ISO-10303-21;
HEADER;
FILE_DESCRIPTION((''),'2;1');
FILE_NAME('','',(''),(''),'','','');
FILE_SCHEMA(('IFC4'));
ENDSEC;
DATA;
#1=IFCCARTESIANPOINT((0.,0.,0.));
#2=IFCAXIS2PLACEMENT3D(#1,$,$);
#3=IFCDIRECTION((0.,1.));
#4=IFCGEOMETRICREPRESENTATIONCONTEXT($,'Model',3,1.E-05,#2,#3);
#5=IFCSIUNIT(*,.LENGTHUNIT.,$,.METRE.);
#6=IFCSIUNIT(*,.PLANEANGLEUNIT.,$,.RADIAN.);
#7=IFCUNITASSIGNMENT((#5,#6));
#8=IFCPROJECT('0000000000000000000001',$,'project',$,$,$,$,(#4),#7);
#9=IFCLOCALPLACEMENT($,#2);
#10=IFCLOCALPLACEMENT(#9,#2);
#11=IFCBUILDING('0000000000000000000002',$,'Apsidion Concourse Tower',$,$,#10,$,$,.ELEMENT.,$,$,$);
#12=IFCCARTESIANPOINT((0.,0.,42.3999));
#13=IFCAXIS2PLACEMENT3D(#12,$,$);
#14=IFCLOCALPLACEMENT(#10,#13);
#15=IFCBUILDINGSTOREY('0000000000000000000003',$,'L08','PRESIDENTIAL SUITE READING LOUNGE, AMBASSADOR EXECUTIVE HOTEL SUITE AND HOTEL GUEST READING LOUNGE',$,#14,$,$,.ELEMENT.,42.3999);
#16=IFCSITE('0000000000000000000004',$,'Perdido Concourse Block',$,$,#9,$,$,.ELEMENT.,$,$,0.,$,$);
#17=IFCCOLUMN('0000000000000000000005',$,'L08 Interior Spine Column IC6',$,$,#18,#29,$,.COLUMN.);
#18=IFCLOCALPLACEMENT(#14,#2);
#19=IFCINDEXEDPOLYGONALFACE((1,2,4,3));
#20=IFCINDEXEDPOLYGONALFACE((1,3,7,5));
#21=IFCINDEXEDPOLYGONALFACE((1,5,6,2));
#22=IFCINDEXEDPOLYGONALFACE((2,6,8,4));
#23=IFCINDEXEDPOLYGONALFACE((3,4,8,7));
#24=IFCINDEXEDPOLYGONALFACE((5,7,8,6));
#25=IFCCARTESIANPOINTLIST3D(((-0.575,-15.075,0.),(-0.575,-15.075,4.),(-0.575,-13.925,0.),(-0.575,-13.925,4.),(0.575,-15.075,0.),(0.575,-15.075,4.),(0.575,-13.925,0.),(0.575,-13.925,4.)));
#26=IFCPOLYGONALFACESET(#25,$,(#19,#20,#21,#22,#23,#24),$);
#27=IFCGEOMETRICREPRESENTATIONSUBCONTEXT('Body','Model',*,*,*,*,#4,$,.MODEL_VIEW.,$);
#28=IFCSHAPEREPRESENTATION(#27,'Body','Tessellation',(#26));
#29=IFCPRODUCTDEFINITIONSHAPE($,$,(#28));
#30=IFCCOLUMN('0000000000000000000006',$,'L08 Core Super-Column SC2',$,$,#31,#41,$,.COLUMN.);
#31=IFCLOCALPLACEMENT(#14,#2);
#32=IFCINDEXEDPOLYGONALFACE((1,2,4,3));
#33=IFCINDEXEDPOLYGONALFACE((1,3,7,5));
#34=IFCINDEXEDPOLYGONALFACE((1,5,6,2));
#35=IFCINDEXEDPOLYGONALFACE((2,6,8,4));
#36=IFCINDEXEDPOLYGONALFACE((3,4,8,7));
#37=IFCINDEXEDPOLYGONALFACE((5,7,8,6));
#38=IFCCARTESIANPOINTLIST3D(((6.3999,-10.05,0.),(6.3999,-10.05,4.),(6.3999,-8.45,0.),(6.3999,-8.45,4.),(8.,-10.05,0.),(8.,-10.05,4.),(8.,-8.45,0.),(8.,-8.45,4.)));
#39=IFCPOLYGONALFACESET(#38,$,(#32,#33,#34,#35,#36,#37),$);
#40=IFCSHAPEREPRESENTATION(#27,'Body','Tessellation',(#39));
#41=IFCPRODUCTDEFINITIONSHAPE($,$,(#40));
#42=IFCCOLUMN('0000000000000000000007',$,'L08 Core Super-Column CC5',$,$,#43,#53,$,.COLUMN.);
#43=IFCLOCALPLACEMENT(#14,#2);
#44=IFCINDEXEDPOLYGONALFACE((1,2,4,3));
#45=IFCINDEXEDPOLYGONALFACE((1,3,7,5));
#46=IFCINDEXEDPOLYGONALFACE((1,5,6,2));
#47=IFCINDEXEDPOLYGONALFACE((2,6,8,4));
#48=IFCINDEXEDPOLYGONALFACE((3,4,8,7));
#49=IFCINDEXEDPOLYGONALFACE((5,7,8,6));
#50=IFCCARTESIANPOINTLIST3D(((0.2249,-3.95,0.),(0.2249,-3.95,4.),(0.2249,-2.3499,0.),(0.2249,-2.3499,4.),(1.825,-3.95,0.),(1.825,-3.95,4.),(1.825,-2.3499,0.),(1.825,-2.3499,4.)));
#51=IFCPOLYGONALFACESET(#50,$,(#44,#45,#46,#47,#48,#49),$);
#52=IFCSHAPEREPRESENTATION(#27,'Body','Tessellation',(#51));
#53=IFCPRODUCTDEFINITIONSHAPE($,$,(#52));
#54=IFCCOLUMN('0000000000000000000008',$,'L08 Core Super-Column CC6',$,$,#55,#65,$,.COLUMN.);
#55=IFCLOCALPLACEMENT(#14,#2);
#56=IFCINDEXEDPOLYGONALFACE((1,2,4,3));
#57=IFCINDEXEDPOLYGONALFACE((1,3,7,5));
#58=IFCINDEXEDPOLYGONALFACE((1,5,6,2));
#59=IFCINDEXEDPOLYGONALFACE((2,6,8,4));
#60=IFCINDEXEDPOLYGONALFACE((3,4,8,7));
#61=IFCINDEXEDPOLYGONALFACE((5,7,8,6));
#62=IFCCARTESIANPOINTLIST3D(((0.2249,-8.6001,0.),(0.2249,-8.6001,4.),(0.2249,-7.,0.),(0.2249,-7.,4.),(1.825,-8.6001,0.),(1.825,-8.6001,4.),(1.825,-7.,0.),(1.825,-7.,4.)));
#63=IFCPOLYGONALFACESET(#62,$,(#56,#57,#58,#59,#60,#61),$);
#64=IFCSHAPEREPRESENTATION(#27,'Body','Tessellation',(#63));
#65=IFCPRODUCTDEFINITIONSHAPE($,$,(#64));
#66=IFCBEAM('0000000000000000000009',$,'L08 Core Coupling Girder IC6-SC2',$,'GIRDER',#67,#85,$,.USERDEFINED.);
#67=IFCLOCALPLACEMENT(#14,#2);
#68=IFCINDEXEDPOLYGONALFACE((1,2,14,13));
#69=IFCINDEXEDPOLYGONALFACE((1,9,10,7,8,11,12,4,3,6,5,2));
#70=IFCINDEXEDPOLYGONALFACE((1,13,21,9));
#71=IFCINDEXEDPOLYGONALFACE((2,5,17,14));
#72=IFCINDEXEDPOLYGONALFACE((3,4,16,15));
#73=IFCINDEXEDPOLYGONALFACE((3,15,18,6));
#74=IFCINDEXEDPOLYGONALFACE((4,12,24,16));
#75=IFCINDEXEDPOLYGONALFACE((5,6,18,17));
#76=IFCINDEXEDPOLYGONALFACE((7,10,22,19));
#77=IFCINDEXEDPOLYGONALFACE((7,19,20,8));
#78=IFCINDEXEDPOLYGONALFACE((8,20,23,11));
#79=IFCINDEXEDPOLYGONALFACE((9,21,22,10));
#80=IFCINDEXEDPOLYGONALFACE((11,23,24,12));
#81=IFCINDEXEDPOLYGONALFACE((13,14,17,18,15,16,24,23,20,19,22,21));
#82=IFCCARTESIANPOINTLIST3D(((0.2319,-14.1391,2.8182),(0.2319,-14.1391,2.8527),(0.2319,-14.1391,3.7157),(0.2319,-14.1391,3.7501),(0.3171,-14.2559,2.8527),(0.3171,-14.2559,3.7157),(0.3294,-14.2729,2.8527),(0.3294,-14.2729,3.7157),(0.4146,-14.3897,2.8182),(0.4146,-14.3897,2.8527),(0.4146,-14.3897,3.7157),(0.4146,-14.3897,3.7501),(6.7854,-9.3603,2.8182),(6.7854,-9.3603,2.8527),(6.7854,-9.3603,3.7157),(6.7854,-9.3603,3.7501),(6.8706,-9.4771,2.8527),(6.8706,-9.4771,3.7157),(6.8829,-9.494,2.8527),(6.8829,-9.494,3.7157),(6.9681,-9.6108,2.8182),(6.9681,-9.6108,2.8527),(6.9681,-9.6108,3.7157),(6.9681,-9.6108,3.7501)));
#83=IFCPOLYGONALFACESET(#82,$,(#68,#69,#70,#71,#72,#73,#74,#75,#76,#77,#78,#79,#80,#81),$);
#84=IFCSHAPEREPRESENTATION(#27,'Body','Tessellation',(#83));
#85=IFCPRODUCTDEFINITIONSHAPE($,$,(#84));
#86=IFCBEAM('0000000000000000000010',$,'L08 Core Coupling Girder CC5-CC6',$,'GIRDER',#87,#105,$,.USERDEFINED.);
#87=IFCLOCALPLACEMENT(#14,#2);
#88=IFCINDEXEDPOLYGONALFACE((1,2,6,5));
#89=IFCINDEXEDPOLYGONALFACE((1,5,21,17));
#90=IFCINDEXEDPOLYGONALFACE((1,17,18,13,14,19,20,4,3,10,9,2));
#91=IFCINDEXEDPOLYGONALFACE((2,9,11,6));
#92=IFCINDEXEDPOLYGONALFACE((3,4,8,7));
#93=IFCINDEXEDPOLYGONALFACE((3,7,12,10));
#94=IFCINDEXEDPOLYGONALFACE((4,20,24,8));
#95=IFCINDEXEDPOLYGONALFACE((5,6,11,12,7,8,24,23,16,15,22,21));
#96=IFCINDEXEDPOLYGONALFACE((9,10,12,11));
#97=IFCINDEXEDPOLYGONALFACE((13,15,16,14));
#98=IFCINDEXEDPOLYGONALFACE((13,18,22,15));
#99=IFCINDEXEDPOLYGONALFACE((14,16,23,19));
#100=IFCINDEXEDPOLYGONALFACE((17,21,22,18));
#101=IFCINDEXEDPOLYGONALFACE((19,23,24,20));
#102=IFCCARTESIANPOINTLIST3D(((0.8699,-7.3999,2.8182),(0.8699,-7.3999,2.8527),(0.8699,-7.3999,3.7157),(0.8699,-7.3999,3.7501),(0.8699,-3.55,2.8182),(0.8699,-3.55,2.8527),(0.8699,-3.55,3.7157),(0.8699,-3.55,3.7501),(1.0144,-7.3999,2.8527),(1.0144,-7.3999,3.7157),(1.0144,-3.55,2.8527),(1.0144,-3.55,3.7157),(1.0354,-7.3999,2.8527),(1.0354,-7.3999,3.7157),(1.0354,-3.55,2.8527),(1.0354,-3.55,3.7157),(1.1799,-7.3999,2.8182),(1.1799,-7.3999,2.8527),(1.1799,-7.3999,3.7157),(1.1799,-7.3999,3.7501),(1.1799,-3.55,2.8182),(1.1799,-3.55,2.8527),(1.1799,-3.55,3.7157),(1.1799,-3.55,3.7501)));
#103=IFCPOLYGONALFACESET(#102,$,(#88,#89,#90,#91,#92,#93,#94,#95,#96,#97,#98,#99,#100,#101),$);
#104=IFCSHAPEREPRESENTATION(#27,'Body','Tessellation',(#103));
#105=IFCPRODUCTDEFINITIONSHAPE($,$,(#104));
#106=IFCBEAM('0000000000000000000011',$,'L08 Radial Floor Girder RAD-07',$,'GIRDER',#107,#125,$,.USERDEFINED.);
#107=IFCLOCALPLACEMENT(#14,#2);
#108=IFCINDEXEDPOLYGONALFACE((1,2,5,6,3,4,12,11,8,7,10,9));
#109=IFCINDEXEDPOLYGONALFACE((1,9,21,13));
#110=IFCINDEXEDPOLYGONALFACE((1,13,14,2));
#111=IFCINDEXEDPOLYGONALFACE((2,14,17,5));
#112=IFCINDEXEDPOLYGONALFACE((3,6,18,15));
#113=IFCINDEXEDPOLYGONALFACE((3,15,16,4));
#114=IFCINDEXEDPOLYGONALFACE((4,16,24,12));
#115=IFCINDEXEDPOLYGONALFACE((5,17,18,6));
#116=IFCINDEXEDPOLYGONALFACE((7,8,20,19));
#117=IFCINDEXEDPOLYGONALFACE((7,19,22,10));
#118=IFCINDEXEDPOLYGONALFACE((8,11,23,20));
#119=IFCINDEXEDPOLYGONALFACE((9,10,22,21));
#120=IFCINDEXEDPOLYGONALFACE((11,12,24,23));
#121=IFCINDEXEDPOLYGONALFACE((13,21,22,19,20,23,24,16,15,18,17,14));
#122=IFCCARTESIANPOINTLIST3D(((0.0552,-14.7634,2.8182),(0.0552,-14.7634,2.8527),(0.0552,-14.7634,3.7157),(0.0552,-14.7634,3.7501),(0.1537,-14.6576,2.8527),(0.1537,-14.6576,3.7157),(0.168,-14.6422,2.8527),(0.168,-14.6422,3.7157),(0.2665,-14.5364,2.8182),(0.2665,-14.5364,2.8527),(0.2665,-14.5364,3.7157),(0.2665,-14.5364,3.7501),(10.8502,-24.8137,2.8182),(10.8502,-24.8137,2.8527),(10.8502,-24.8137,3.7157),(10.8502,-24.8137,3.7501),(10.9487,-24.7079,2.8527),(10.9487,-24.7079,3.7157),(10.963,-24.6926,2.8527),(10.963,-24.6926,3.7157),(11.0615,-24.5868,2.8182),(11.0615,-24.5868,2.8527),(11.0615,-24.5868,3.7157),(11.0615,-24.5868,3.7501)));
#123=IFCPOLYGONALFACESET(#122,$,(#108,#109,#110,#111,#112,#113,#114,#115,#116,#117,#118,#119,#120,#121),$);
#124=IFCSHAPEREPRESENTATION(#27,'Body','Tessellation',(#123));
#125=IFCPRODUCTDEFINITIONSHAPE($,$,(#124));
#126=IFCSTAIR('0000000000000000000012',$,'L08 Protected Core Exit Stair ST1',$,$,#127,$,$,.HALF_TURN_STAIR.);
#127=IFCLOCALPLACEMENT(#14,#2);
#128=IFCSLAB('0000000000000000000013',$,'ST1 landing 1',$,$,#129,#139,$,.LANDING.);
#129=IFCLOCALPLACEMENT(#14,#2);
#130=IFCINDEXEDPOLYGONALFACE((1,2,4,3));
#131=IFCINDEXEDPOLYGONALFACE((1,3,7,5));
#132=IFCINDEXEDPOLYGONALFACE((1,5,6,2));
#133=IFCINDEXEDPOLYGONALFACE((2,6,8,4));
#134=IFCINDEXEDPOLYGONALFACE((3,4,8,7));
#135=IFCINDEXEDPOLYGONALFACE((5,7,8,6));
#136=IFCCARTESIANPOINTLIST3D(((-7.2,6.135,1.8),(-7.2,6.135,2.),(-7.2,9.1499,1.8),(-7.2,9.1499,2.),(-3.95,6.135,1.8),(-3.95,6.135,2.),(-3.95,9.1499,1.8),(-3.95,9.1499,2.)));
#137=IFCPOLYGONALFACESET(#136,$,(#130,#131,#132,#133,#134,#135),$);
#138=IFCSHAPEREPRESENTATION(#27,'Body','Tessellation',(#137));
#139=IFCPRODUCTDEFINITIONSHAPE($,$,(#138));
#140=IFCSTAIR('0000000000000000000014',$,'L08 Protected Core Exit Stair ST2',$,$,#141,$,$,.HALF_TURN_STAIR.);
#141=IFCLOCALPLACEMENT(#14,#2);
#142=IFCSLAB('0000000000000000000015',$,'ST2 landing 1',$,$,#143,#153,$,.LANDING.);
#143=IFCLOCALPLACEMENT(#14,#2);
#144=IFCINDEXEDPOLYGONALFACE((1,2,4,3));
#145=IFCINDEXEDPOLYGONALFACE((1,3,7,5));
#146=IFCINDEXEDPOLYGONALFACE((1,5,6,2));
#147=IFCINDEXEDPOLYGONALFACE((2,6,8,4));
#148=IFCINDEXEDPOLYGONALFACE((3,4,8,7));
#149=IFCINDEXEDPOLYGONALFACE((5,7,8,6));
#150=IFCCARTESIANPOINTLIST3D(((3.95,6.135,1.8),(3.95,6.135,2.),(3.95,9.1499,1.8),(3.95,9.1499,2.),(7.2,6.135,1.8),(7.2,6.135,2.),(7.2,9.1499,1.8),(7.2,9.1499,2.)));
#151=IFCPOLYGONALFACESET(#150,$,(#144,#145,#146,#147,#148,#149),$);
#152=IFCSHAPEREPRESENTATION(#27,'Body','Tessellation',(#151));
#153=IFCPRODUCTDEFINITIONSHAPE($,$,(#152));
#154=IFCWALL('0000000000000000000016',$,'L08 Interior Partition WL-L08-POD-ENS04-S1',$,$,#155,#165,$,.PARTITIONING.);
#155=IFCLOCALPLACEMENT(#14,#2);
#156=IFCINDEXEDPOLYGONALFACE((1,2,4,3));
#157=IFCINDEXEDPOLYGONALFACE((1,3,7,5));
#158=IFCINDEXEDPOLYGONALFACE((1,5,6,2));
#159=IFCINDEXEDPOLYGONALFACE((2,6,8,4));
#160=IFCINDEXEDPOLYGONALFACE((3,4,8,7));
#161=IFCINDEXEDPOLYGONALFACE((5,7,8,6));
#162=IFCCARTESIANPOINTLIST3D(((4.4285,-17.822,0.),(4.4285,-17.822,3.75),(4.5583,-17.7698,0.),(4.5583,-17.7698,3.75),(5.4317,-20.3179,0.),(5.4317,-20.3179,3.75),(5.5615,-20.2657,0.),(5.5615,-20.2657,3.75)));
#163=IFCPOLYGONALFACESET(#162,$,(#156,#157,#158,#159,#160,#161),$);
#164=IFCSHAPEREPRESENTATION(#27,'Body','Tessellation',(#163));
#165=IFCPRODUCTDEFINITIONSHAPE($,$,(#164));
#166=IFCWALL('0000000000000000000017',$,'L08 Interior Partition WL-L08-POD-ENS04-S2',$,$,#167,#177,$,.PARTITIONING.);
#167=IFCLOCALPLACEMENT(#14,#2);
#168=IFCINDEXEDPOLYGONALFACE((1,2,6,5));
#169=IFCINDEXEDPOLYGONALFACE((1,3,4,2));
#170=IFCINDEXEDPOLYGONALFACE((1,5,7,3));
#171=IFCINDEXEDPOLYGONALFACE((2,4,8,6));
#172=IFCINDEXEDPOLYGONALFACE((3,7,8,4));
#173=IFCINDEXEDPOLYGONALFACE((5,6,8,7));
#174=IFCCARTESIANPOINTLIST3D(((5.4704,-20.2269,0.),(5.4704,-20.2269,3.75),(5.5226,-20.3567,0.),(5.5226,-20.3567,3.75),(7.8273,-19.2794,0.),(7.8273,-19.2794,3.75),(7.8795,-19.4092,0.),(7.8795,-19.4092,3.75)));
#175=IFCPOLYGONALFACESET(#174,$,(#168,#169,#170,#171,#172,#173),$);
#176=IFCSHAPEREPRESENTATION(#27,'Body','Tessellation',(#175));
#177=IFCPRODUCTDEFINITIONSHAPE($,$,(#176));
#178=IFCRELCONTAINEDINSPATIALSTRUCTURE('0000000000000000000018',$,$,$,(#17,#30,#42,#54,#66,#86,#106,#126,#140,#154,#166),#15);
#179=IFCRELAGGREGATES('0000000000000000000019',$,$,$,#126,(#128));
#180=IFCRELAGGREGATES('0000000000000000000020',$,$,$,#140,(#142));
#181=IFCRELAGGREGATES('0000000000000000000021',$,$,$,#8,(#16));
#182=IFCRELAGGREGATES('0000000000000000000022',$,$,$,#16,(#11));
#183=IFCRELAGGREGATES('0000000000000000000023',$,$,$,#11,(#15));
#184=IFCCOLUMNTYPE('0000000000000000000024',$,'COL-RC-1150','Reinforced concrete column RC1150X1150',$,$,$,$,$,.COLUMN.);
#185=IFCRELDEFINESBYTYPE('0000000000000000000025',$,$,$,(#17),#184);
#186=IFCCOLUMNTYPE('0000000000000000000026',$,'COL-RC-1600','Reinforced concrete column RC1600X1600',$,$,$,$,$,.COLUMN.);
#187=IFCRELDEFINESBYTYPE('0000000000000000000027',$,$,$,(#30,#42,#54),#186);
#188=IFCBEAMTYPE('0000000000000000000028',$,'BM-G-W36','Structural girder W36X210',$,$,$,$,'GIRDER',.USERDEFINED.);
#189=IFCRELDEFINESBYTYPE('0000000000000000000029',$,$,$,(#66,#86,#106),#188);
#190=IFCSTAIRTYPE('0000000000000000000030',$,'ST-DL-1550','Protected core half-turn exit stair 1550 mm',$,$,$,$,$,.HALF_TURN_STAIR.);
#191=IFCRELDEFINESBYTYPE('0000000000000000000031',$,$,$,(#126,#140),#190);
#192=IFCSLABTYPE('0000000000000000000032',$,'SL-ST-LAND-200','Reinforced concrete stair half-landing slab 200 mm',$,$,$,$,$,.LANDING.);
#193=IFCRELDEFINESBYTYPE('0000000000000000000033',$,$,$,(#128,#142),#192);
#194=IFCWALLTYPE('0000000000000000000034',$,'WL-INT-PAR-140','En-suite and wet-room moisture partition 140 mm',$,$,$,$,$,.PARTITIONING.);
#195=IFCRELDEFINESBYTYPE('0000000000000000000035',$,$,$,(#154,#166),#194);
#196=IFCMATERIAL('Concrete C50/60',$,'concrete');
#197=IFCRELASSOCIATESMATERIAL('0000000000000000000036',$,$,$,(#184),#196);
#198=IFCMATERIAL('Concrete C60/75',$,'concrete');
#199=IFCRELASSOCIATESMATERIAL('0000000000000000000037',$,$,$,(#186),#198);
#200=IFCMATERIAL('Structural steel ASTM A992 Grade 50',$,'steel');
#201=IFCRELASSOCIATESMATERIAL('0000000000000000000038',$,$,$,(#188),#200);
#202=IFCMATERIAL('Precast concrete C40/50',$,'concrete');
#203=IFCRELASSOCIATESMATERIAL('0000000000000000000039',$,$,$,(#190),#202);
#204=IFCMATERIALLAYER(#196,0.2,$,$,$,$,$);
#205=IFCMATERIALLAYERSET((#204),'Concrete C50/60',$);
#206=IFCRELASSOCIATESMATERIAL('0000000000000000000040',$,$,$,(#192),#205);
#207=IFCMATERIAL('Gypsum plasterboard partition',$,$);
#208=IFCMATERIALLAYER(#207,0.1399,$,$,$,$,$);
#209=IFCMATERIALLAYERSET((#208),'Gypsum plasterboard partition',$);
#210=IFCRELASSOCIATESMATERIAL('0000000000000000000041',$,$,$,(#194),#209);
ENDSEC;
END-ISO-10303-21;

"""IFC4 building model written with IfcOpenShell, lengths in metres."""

from ifc_helpers import new_model, si_unit, direction, frame, frame_2d, origin, origin_2d, place, context, subcontext, project, spatial, polyline, rectangle, i_section, outline, extrude, material, layer, layer_set, material_profile, profile_set, type_object, element, aggregate, save


model = new_model("IFC4")

# Units and contexts
model_context = context("Model", 3, precision=1e-05, world=origin(), true_north=direction((0.0, 1.0)))
body_context = subcontext(model_context, "Body", "Model", "MODEL_VIEW")
ifc_project = project(units=[si_unit("LENGTHUNIT", "METRE"), si_unit("PLANEANGLEUNIT", "RADIAN")], contexts=[model_context])

# Site, building, storey
site_placement = place(None, origin())
site = spatial("IfcSite", under=ifc_project, at=site_placement, Name="Perdido Concourse Block", CompositionType="ELEMENT", RefElevation=0.0)
building_placement = place(site_placement, origin())
building = spatial("IfcBuilding", under=site, at=building_placement, Name="Apsidion Concourse Tower", CompositionType="ELEMENT")
storey_placement = place(building_placement, frame((0.0, 0.0, 42.3999)))
storey = spatial("IfcBuildingStorey", under=building, at=storey_placement, Name="L08", Description="PRESIDENTIAL SUITE READING LOUNGE, AMBASSADOR EXECUTIVE HOTEL SUITE AND HOTEL GUEST READING LOUNGE", CompositionType="ELEMENT", Elevation=42.3999)

# Columns
ifc_material_1 = material(Name="Concrete C50/60", Category="concrete")
ifc_material_profile_1 = material_profile(ifc_material_1, rectangle(XDim=1.1499, YDim=1.1499, at=origin_2d()), Name="RC 1150x1150")
ifc_profile_set_1 = profile_set([ifc_material_profile_1], Name="Concrete C50/60")
column_type_1 = type_object("IfcColumnType", Name="COL-RC-1150", Description="Reinforced concrete column RC1150X1150", PredefinedType="COLUMN", material=ifc_profile_set_1)
column_placement = place(storey_placement, frame((0.0, -14.5, 0.0), z_axis=(0.0, 0.0, 1.0), x_axis=(1.0, 0.0, 0.0)))
element("IfcColumn", 1, at=column_placement, inside=storey, type_object=column_type_1, Name="L08 Interior Spine Column IC6", PredefinedType="COLUMN", context=body_context, shape_type="SweptSolid", body=[
    extrude(rectangle(XDim=1.1499, YDim=1.1499, at=origin_2d()), origin(), (0.0, 0.0, 1.0), 4.0),
])
ifc_material_2 = material(Name="Concrete C60/75", Category="concrete")
ifc_material_profile_2 = material_profile(ifc_material_2, rectangle(XDim=1.6001, YDim=1.6001, at=origin_2d()), Name="RC 1600x1600")
ifc_profile_set_2 = profile_set([ifc_material_profile_2], Name="Concrete C60/75")
column_type_2 = type_object("IfcColumnType", Name="COL-RC-1600", Description="Reinforced concrete column RC1600X1600", PredefinedType="COLUMN", material=ifc_profile_set_2)
for number, where, z_axis, x_axis, name in (
    (2, (7.2, -9.25, 0.0), (0.0, 0.0, 1.0), (1.0, 0.0, 0.0), "L08 Core Super-Column SC2"),
    (3, (1.0249, -3.1499, 0.0), (0.0, 0.0, 1.0), (1.0, 0.0, 0.0), "L08 Core Super-Column CC5"),
    (4, (1.0249, -7.8, 0.0), (0.0, 0.0, 1.0), (1.0, 0.0, 0.0), "L08 Core Super-Column CC6"),
):
    element("IfcColumn", number, at=place(storey_placement, frame(where, z_axis=z_axis, x_axis=x_axis)), inside=storey, type_object=column_type_2, Name=name, PredefinedType="COLUMN", context=body_context, shape_type="SweptSolid", body=[
        extrude(rectangle(XDim=1.6001, YDim=1.6001, at=origin_2d()), origin(), (0.0, 0.0, 1.0), 4.0),
    ])

# Beams
ifc_material_3 = material(Name="Structural steel ASTM A992 Grade 50", Category="steel")
ifc_material_profile_3 = material_profile(ifc_material_3, i_section(OverallWidth=0.3101, OverallDepth=0.9319, WebThickness=0.021, FlangeThickness=0.0344, at=origin_2d()), Name="W36X210")
ifc_profile_set_3 = profile_set([ifc_material_profile_3], Name="Structural steel ASTM A992 Grade 50")
beam_type = type_object("IfcBeamType", Name="BM-G-W36", Description="Structural girder W36X210", ElementType="GIRDER", PredefinedType="USERDEFINED", material=ifc_profile_set_3)
beam_1_placement = place(storey_placement, frame((0.3232, -14.2644, 3.2842), z_axis=(0.807993, 0.589191, 0.0), x_axis=(-0.589191, 0.807993, 0.0)))
element("IfcBeam", 5, at=beam_1_placement, inside=storey, type_object=beam_type, Name="L08 Core Coupling Girder IC6-SC2", ObjectType="GIRDER", PredefinedType="USERDEFINED", context=body_context, shape_type="SweptSolid", body=[
    extrude(i_section(OverallWidth=0.3101, OverallDepth=0.9319, WebThickness=0.021, FlangeThickness=0.0344, at=origin_2d()), origin(), (0.0, 0.0, 1.0), 8.1108),
])
beam_2_placement = place(storey_placement, frame((1.0249, -3.55, 3.2842), z_axis=(0.0, -1.0, 0.0), x_axis=(1.0, 0.0, 0.0)))
element("IfcBeam", 6, at=beam_2_placement, inside=storey, type_object=beam_type, Name="L08 Core Coupling Girder CC5-CC6", ObjectType="GIRDER", PredefinedType="USERDEFINED", context=body_context, shape_type="SweptSolid", body=[
    extrude(i_section(OverallWidth=0.3101, OverallDepth=0.9319, WebThickness=0.021, FlangeThickness=0.0344, at=origin_2d()), origin(), (0.0, 0.0, 1.0), 3.8499),
])
beam_3_placement = place(storey_placement, frame((0.1609, -14.6499, 3.2842), z_axis=(0.731899, -0.681413, 0.0), x_axis=(0.681413, 0.731899, 0.0)))
element("IfcBeam", 7, at=beam_3_placement, inside=storey, type_object=beam_type, Name="L08 Radial Floor Girder RAD-07", ObjectType="GIRDER", PredefinedType="USERDEFINED", context=body_context, shape_type="SweptSolid", body=[
    extrude(i_section(OverallWidth=0.3101, OverallDepth=0.9319, WebThickness=0.021, FlangeThickness=0.0344, at=origin_2d()), origin(), (0.0, 0.0, 1.0), 14.7493),
])

# Stairs, slabs
ifc_material_4 = material(Name="Precast concrete C40/50", Category="concrete")
stair_type = type_object("IfcStairType", Name="ST-DL-1550", Description="Protected core half-turn exit stair 1550 mm", PredefinedType="HALF_TURN_STAIR", material=ifc_material_4)
stair_1_placement = place(storey_placement, origin())
stair_1 = element("IfcStair", 8, at=stair_1_placement, inside=storey, type_object=stair_type, Name="L08 Protected Core Exit Stair ST1", PredefinedType="HALF_TURN_STAIR")
ifc_layer_1 = layer(ifc_material_1, 0.2)
ifc_layer_set_1 = layer_set([ifc_layer_1], Name="Concrete C50/60")
slab_type = type_object("IfcSlabType", Name="SL-ST-LAND-200", Description="Reinforced concrete stair half-landing slab 200 mm", PredefinedType="LANDING", material=ifc_layer_set_1)
slab_1_placement = place(storey_placement, frame((0.0, 0.0, 1.8)))
slab_1 = element("IfcSlab", 9, at=slab_1_placement, type_object=slab_type, Name="ST1 landing 1", PredefinedType="LANDING", context=body_context, shape_type="SweptSolid", body=[
    extrude(outline(polyline([(-3.95, 6.135), (-3.95, 9.1499), (-7.2, 9.1499), (-7.2, 6.135), (-3.95, 6.135)])), origin(), (0.0, 0.0, 1.0), 0.2),
])
aggregate(stair_1, [slab_1])
stair_2_placement = place(storey_placement, origin())
stair_2 = element("IfcStair", 10, at=stair_2_placement, inside=storey, type_object=stair_type, Name="L08 Protected Core Exit Stair ST2", PredefinedType="HALF_TURN_STAIR")
slab_2_placement = place(storey_placement, frame((0.0, 0.0, 1.8)))
slab_2 = element("IfcSlab", 11, at=slab_2_placement, type_object=slab_type, Name="ST2 landing 1", PredefinedType="LANDING", context=body_context, shape_type="SweptSolid", body=[
    extrude(outline(polyline([(7.2, 6.135), (7.2, 9.1499), (3.95, 9.1499), (3.95, 6.135), (7.2, 6.135)])), origin(), (0.0, 0.0, 1.0), 0.2),
])
aggregate(stair_2, [slab_2])

# Walls
ifc_material_5 = material(Name="Gypsum plasterboard partition")
ifc_layer_2 = layer(ifc_material_5, 0.1399)
ifc_layer_set_2 = layer_set([ifc_layer_2], Name="Gypsum plasterboard partition")
wall_type_1 = type_object("IfcWallType", Name="WL-INT-PAR-140", Description="En-suite and wet-room moisture partition 140 mm", PredefinedType="PARTITIONING", material=ifc_layer_set_2)
wall_1_placement = place(storey_placement, frame((4.4934, -17.7959, 0.0), z_axis=(0.0, 0.0, 1.0), x_axis=(0.372939, -0.927856, 0.0)))
element("IfcWall", 12, at=wall_1_placement, inside=storey, type_object=wall_type_1, Name="L08 Interior Partition WL-L08-POD-ENS04-S1", PredefinedType="PARTITIONING", context=body_context, shape_type="SweptSolid", body=[
    extrude(rectangle(XDim=2.6899, YDim=0.1399, at=frame_2d((1.345, 0.0))), origin(), (0.0, 0.0, 1.0), 3.75),
])
wall_2_placement = place(storey_placement, frame((5.4966, -20.2917, 0.0), z_axis=(0.0, 0.0, 1.0), x_axis=(0.927832, 0.372997, 0.0)))
element("IfcWall", 13, at=wall_2_placement, inside=storey, type_object=wall_type_1, Name="L08 Interior Partition WL-L08-POD-ENS04-S2", PredefinedType="PARTITIONING", context=body_context, shape_type="SweptSolid", body=[
    extrude(rectangle(XDim=2.5403, YDim=0.1399, at=frame_2d((1.27, 0.0))), origin(), (0.0, 0.0, 1.0), 3.75),
])

save(model, "model.ifc")
